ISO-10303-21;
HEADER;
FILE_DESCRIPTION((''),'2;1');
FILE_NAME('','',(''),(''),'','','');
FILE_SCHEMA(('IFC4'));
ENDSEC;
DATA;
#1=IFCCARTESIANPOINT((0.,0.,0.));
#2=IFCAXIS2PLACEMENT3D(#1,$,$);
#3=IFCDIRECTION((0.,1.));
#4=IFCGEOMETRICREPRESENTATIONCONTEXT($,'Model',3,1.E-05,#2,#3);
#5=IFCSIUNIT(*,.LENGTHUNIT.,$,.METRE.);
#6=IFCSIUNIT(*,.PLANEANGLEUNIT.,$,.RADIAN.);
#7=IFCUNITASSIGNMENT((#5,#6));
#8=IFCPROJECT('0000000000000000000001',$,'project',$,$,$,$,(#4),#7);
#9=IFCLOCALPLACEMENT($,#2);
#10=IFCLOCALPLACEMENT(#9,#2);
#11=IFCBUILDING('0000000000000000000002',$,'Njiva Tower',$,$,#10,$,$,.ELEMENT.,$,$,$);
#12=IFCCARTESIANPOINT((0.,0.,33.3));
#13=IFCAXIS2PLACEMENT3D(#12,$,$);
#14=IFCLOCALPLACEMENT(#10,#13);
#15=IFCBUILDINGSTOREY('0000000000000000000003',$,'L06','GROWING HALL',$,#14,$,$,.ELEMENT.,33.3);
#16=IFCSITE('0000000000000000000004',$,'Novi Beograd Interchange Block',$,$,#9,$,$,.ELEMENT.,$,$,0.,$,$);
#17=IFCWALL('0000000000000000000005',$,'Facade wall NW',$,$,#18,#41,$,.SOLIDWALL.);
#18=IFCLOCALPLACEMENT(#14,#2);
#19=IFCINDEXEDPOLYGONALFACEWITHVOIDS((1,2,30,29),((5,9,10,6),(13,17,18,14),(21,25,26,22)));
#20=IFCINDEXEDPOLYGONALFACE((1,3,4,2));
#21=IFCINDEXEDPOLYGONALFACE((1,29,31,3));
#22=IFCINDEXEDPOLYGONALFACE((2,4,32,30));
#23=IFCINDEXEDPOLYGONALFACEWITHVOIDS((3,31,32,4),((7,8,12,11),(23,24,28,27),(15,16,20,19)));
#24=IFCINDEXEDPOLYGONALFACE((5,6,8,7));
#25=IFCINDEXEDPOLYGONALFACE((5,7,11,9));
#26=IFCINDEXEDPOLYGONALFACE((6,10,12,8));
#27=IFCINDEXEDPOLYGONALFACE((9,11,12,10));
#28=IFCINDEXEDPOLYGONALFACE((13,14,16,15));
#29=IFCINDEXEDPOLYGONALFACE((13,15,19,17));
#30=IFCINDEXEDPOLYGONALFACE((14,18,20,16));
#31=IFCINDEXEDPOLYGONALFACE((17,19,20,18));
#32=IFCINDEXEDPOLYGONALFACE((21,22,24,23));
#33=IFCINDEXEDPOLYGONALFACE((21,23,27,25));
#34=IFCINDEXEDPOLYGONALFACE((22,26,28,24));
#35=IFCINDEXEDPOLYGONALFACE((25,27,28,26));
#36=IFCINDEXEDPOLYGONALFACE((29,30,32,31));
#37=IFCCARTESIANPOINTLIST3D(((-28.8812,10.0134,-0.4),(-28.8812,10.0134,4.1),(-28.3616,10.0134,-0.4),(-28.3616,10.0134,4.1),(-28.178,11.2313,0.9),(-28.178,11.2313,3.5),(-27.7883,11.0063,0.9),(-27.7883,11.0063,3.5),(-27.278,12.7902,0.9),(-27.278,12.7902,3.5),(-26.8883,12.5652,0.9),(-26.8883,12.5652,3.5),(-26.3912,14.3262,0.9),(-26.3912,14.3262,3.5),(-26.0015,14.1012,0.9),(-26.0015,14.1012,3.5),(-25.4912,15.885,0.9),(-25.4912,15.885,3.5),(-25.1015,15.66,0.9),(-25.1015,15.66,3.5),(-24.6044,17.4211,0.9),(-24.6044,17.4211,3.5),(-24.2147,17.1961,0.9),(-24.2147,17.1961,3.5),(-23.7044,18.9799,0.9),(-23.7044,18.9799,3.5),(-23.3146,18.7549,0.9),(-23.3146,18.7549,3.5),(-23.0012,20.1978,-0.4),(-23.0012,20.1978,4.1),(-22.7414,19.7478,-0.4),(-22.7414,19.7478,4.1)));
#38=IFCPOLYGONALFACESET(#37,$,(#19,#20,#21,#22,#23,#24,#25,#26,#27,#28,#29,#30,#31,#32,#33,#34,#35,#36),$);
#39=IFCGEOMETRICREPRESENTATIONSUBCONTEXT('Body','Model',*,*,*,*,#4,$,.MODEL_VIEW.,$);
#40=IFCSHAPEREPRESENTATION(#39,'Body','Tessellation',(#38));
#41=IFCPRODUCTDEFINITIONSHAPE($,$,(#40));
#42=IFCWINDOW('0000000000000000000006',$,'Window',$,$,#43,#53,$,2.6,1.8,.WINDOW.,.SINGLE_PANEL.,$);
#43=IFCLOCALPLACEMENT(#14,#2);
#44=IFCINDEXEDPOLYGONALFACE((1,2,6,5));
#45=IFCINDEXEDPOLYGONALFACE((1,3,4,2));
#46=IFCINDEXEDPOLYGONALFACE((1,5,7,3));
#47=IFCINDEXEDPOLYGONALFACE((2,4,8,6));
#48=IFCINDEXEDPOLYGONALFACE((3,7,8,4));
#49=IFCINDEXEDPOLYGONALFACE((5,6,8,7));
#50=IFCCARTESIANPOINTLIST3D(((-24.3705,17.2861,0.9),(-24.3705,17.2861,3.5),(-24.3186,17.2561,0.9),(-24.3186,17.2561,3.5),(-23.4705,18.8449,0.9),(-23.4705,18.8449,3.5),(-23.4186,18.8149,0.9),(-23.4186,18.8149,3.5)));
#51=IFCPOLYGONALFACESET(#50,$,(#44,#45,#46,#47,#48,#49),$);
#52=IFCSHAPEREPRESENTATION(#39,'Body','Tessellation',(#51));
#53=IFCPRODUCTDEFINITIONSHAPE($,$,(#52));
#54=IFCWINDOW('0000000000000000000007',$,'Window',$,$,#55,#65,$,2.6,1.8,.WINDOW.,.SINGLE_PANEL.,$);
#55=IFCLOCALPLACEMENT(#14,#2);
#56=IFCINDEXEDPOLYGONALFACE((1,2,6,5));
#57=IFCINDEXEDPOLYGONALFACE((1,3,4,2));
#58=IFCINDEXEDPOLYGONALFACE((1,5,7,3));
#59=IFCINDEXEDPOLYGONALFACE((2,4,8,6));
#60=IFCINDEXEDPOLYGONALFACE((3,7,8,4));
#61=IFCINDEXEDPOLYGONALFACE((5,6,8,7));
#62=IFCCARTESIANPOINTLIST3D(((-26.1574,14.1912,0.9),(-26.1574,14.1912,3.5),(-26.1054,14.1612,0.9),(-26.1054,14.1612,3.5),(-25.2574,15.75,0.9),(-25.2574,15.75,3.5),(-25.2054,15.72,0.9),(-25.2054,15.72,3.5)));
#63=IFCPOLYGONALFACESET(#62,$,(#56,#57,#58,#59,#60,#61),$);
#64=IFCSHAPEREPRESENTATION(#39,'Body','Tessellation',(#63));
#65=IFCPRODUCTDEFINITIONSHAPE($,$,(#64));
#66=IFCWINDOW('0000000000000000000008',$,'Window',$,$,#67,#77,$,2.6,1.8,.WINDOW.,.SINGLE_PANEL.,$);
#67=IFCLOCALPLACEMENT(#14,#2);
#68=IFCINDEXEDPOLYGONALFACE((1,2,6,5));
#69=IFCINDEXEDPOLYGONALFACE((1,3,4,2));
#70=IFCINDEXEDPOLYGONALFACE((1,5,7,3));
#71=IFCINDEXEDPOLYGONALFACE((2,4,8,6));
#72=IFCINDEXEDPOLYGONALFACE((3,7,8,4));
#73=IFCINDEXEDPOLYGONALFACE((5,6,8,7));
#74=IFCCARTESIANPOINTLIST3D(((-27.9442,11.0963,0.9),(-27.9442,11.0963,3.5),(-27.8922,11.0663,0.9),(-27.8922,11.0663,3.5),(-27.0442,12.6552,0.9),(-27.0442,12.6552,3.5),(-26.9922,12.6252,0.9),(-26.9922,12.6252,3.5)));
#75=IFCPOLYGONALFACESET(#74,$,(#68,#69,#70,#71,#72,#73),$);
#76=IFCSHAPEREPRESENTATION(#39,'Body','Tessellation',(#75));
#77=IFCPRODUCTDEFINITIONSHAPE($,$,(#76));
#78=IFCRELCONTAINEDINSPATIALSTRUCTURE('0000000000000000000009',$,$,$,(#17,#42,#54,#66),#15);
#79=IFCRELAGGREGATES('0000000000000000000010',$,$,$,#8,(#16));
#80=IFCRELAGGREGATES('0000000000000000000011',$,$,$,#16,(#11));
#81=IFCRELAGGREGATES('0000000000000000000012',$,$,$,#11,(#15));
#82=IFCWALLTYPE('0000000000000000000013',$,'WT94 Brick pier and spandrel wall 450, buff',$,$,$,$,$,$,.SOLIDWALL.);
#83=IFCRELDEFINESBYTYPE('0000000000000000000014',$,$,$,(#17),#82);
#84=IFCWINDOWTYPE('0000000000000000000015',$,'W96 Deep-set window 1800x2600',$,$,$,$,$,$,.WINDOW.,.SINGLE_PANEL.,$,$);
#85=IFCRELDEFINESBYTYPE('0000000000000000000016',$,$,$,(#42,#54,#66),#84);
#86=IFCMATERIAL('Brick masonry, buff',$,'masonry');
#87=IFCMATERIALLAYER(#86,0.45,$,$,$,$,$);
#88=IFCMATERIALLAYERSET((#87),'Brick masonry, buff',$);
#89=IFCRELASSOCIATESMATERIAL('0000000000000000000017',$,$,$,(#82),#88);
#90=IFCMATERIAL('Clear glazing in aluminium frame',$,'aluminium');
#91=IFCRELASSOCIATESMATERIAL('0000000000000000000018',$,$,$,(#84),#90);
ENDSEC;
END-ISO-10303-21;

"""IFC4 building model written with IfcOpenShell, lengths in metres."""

from ifc_helpers import new_model, si_unit, direction, frame, frame_2d, origin, place, context, subcontext, project, spatial, polyline, rectangle, outline, extrude, material, layer, layer_set, type_object, element, fill, save


model = new_model("IFC4")

# Units and contexts
model_context = context("Model", 3, precision=1e-05, world=origin(), true_north=direction((0.0, 1.0)))
body_context = subcontext(model_context, "Body", "Model", "MODEL_VIEW")
ifc_project = project(units=[si_unit("LENGTHUNIT", "METRE"), si_unit("PLANEANGLEUNIT", "RADIAN")], contexts=[model_context])

# Site, building, storey
site_placement = place(None, origin())
site = spatial("IfcSite", under=ifc_project, at=site_placement, Name="Novi Beograd Interchange Block", CompositionType="ELEMENT", RefElevation=0.0)
building_placement = place(site_placement, origin())
building = spatial("IfcBuilding", under=site, at=building_placement, Name="Njiva Tower", CompositionType="ELEMENT")
storey_placement = place(building_placement, frame((0.0, 0.0, 33.3)))
storey = spatial("IfcBuildingStorey", under=building, at=storey_placement, Name="L06", Description="GROWING HALL", CompositionType="ELEMENT", Elevation=33.3)

# Wall, openings, windows
ifc_material_1 = material(Name="Brick masonry, buff", Category="masonry")
ifc_layer_1 = layer(ifc_material_1, 0.45)
ifc_layer_set_1 = layer_set([ifc_layer_1], Name="Brick masonry, buff")
wall_type_1 = type_object("IfcWallType", Name="WT94 Brick pier and spandrel wall 450, buff", PredefinedType="SOLIDWALL", material=ifc_layer_set_1)
wall_1_placement = place(storey_placement, frame((-22.8713, 19.9728, -0.4), z_axis=(0.0, 0.0, 1.0), x_axis=(-0.500002, -0.866024, 0.0)))
wall_1 = element("IfcWall", 1, at=wall_1_placement, inside=storey, type_object=wall_type_1, Name="Facade wall NW", PredefinedType="SOLIDWALL", context=body_context, shape_type="SweptSolid", body=[
    extrude(outline(polyline([(-0.1299, -0.225), (11.63, -0.225), (11.3702, 0.225), (0.1299, 0.225), (-0.1299, -0.225)])), origin(), (0.0, 0.0, 1.0), 4.5),
])
opening_1_placement = place(wall_1_placement, frame((1.2764, 0.0, 1.3)))
opening_1 = element("IfcOpeningElement", 2, at=opening_1_placement, cuts=wall_1, PredefinedType="OPENING", context=body_context, shape_type="SweptSolid", body=[
    extrude(rectangle(XDim=1.8, YDim=2.6, at=frame_2d((0.9, 1.3))), frame((0.0, 0.235, 0.0), z_axis=(0.0, -1.0, 0.0), x_axis=(1.0, 0.0, 0.0)), (0.0, 0.0, 1.0), 0.47),
])
opening_2_placement = place(wall_1_placement, frame((4.8501, 0.0, 1.3)))
opening_2 = element("IfcOpeningElement", 3, at=opening_2_placement, cuts=wall_1, PredefinedType="OPENING", context=body_context, shape_type="SweptSolid", body=[
    extrude(rectangle(XDim=1.8, YDim=2.6, at=frame_2d((0.9, 1.3))), frame((0.0, 0.235, 0.0), z_axis=(0.0, -1.0, 0.0), x_axis=(1.0, 0.0, 0.0)), (0.0, 0.0, 1.0), 0.47),
])
opening_3_placement = place(wall_1_placement, frame((8.4237, 0.0, 1.3)))
opening_3 = element("IfcOpeningElement", 4, at=opening_3_placement, cuts=wall_1, PredefinedType="OPENING", context=body_context, shape_type="SweptSolid", body=[
    extrude(rectangle(XDim=1.8, YDim=2.6, at=frame_2d((0.9, 1.3))), frame((0.0, 0.235, 0.0), z_axis=(0.0, -1.0, 0.0), x_axis=(1.0, 0.0, 0.0)), (0.0, 0.0, 1.0), 0.47),
])
ifc_material_2 = material(Name="Clear glazing in aluminium frame", Category="aluminium")
window_type = type_object("IfcWindowType", Name="W96 Deep-set window 1800x2600", PartitioningType="SINGLE_PANEL", PredefinedType="WINDOW", material=ifc_material_2)
window_1_placement = place(opening_1_placement, origin())
window_1 = element("IfcWindow", 5, at=window_1_placement, inside=storey, type_object=window_type, Name="Window", OverallHeight=2.6, OverallWidth=1.8, PartitioningType="SINGLE_PANEL", PredefinedType="WINDOW", context=body_context, shape_type="SweptSolid", body=[
    extrude(rectangle(XDim=1.8, YDim=2.6, at=frame_2d((0.9, 1.3))), frame((0.0, 0.105, 0.0), z_axis=(0.0, -1.0, 0.0), x_axis=(1.0, 0.0, 0.0)), (0.0, 0.0, 1.0), 0.06),
])
fill(opening_1, window_1)
window_2_placement = place(opening_2_placement, origin())
window_2 = element("IfcWindow", 6, at=window_2_placement, inside=storey, type_object=window_type, Name="Window", OverallHeight=2.6, OverallWidth=1.8, PartitioningType="SINGLE_PANEL", PredefinedType="WINDOW", context=body_context, shape_type="SweptSolid", body=[
    extrude(rectangle(XDim=1.8, YDim=2.6, at=frame_2d((0.9, 1.3))), frame((0.0, 0.105, 0.0), z_axis=(0.0, -1.0, 0.0), x_axis=(1.0, 0.0, 0.0)), (0.0, 0.0, 1.0), 0.06),
])
fill(opening_2, window_2)
window_3_placement = place(opening_3_placement, origin())
window_3 = element("IfcWindow", 7, at=window_3_placement, inside=storey, type_object=window_type, Name="Window", OverallHeight=2.6, OverallWidth=1.8, PartitioningType="SINGLE_PANEL", PredefinedType="WINDOW", context=body_context, shape_type="SweptSolid", body=[
    extrude(rectangle(XDim=1.8, YDim=2.6, at=frame_2d((0.9, 1.3))), frame((0.0, 0.105, 0.0), z_axis=(0.0, -1.0, 0.0), x_axis=(1.0, 0.0, 0.0)), (0.0, 0.0, 1.0), 0.06),
])
fill(opening_3, window_3)

save(model, "model.ifc")
